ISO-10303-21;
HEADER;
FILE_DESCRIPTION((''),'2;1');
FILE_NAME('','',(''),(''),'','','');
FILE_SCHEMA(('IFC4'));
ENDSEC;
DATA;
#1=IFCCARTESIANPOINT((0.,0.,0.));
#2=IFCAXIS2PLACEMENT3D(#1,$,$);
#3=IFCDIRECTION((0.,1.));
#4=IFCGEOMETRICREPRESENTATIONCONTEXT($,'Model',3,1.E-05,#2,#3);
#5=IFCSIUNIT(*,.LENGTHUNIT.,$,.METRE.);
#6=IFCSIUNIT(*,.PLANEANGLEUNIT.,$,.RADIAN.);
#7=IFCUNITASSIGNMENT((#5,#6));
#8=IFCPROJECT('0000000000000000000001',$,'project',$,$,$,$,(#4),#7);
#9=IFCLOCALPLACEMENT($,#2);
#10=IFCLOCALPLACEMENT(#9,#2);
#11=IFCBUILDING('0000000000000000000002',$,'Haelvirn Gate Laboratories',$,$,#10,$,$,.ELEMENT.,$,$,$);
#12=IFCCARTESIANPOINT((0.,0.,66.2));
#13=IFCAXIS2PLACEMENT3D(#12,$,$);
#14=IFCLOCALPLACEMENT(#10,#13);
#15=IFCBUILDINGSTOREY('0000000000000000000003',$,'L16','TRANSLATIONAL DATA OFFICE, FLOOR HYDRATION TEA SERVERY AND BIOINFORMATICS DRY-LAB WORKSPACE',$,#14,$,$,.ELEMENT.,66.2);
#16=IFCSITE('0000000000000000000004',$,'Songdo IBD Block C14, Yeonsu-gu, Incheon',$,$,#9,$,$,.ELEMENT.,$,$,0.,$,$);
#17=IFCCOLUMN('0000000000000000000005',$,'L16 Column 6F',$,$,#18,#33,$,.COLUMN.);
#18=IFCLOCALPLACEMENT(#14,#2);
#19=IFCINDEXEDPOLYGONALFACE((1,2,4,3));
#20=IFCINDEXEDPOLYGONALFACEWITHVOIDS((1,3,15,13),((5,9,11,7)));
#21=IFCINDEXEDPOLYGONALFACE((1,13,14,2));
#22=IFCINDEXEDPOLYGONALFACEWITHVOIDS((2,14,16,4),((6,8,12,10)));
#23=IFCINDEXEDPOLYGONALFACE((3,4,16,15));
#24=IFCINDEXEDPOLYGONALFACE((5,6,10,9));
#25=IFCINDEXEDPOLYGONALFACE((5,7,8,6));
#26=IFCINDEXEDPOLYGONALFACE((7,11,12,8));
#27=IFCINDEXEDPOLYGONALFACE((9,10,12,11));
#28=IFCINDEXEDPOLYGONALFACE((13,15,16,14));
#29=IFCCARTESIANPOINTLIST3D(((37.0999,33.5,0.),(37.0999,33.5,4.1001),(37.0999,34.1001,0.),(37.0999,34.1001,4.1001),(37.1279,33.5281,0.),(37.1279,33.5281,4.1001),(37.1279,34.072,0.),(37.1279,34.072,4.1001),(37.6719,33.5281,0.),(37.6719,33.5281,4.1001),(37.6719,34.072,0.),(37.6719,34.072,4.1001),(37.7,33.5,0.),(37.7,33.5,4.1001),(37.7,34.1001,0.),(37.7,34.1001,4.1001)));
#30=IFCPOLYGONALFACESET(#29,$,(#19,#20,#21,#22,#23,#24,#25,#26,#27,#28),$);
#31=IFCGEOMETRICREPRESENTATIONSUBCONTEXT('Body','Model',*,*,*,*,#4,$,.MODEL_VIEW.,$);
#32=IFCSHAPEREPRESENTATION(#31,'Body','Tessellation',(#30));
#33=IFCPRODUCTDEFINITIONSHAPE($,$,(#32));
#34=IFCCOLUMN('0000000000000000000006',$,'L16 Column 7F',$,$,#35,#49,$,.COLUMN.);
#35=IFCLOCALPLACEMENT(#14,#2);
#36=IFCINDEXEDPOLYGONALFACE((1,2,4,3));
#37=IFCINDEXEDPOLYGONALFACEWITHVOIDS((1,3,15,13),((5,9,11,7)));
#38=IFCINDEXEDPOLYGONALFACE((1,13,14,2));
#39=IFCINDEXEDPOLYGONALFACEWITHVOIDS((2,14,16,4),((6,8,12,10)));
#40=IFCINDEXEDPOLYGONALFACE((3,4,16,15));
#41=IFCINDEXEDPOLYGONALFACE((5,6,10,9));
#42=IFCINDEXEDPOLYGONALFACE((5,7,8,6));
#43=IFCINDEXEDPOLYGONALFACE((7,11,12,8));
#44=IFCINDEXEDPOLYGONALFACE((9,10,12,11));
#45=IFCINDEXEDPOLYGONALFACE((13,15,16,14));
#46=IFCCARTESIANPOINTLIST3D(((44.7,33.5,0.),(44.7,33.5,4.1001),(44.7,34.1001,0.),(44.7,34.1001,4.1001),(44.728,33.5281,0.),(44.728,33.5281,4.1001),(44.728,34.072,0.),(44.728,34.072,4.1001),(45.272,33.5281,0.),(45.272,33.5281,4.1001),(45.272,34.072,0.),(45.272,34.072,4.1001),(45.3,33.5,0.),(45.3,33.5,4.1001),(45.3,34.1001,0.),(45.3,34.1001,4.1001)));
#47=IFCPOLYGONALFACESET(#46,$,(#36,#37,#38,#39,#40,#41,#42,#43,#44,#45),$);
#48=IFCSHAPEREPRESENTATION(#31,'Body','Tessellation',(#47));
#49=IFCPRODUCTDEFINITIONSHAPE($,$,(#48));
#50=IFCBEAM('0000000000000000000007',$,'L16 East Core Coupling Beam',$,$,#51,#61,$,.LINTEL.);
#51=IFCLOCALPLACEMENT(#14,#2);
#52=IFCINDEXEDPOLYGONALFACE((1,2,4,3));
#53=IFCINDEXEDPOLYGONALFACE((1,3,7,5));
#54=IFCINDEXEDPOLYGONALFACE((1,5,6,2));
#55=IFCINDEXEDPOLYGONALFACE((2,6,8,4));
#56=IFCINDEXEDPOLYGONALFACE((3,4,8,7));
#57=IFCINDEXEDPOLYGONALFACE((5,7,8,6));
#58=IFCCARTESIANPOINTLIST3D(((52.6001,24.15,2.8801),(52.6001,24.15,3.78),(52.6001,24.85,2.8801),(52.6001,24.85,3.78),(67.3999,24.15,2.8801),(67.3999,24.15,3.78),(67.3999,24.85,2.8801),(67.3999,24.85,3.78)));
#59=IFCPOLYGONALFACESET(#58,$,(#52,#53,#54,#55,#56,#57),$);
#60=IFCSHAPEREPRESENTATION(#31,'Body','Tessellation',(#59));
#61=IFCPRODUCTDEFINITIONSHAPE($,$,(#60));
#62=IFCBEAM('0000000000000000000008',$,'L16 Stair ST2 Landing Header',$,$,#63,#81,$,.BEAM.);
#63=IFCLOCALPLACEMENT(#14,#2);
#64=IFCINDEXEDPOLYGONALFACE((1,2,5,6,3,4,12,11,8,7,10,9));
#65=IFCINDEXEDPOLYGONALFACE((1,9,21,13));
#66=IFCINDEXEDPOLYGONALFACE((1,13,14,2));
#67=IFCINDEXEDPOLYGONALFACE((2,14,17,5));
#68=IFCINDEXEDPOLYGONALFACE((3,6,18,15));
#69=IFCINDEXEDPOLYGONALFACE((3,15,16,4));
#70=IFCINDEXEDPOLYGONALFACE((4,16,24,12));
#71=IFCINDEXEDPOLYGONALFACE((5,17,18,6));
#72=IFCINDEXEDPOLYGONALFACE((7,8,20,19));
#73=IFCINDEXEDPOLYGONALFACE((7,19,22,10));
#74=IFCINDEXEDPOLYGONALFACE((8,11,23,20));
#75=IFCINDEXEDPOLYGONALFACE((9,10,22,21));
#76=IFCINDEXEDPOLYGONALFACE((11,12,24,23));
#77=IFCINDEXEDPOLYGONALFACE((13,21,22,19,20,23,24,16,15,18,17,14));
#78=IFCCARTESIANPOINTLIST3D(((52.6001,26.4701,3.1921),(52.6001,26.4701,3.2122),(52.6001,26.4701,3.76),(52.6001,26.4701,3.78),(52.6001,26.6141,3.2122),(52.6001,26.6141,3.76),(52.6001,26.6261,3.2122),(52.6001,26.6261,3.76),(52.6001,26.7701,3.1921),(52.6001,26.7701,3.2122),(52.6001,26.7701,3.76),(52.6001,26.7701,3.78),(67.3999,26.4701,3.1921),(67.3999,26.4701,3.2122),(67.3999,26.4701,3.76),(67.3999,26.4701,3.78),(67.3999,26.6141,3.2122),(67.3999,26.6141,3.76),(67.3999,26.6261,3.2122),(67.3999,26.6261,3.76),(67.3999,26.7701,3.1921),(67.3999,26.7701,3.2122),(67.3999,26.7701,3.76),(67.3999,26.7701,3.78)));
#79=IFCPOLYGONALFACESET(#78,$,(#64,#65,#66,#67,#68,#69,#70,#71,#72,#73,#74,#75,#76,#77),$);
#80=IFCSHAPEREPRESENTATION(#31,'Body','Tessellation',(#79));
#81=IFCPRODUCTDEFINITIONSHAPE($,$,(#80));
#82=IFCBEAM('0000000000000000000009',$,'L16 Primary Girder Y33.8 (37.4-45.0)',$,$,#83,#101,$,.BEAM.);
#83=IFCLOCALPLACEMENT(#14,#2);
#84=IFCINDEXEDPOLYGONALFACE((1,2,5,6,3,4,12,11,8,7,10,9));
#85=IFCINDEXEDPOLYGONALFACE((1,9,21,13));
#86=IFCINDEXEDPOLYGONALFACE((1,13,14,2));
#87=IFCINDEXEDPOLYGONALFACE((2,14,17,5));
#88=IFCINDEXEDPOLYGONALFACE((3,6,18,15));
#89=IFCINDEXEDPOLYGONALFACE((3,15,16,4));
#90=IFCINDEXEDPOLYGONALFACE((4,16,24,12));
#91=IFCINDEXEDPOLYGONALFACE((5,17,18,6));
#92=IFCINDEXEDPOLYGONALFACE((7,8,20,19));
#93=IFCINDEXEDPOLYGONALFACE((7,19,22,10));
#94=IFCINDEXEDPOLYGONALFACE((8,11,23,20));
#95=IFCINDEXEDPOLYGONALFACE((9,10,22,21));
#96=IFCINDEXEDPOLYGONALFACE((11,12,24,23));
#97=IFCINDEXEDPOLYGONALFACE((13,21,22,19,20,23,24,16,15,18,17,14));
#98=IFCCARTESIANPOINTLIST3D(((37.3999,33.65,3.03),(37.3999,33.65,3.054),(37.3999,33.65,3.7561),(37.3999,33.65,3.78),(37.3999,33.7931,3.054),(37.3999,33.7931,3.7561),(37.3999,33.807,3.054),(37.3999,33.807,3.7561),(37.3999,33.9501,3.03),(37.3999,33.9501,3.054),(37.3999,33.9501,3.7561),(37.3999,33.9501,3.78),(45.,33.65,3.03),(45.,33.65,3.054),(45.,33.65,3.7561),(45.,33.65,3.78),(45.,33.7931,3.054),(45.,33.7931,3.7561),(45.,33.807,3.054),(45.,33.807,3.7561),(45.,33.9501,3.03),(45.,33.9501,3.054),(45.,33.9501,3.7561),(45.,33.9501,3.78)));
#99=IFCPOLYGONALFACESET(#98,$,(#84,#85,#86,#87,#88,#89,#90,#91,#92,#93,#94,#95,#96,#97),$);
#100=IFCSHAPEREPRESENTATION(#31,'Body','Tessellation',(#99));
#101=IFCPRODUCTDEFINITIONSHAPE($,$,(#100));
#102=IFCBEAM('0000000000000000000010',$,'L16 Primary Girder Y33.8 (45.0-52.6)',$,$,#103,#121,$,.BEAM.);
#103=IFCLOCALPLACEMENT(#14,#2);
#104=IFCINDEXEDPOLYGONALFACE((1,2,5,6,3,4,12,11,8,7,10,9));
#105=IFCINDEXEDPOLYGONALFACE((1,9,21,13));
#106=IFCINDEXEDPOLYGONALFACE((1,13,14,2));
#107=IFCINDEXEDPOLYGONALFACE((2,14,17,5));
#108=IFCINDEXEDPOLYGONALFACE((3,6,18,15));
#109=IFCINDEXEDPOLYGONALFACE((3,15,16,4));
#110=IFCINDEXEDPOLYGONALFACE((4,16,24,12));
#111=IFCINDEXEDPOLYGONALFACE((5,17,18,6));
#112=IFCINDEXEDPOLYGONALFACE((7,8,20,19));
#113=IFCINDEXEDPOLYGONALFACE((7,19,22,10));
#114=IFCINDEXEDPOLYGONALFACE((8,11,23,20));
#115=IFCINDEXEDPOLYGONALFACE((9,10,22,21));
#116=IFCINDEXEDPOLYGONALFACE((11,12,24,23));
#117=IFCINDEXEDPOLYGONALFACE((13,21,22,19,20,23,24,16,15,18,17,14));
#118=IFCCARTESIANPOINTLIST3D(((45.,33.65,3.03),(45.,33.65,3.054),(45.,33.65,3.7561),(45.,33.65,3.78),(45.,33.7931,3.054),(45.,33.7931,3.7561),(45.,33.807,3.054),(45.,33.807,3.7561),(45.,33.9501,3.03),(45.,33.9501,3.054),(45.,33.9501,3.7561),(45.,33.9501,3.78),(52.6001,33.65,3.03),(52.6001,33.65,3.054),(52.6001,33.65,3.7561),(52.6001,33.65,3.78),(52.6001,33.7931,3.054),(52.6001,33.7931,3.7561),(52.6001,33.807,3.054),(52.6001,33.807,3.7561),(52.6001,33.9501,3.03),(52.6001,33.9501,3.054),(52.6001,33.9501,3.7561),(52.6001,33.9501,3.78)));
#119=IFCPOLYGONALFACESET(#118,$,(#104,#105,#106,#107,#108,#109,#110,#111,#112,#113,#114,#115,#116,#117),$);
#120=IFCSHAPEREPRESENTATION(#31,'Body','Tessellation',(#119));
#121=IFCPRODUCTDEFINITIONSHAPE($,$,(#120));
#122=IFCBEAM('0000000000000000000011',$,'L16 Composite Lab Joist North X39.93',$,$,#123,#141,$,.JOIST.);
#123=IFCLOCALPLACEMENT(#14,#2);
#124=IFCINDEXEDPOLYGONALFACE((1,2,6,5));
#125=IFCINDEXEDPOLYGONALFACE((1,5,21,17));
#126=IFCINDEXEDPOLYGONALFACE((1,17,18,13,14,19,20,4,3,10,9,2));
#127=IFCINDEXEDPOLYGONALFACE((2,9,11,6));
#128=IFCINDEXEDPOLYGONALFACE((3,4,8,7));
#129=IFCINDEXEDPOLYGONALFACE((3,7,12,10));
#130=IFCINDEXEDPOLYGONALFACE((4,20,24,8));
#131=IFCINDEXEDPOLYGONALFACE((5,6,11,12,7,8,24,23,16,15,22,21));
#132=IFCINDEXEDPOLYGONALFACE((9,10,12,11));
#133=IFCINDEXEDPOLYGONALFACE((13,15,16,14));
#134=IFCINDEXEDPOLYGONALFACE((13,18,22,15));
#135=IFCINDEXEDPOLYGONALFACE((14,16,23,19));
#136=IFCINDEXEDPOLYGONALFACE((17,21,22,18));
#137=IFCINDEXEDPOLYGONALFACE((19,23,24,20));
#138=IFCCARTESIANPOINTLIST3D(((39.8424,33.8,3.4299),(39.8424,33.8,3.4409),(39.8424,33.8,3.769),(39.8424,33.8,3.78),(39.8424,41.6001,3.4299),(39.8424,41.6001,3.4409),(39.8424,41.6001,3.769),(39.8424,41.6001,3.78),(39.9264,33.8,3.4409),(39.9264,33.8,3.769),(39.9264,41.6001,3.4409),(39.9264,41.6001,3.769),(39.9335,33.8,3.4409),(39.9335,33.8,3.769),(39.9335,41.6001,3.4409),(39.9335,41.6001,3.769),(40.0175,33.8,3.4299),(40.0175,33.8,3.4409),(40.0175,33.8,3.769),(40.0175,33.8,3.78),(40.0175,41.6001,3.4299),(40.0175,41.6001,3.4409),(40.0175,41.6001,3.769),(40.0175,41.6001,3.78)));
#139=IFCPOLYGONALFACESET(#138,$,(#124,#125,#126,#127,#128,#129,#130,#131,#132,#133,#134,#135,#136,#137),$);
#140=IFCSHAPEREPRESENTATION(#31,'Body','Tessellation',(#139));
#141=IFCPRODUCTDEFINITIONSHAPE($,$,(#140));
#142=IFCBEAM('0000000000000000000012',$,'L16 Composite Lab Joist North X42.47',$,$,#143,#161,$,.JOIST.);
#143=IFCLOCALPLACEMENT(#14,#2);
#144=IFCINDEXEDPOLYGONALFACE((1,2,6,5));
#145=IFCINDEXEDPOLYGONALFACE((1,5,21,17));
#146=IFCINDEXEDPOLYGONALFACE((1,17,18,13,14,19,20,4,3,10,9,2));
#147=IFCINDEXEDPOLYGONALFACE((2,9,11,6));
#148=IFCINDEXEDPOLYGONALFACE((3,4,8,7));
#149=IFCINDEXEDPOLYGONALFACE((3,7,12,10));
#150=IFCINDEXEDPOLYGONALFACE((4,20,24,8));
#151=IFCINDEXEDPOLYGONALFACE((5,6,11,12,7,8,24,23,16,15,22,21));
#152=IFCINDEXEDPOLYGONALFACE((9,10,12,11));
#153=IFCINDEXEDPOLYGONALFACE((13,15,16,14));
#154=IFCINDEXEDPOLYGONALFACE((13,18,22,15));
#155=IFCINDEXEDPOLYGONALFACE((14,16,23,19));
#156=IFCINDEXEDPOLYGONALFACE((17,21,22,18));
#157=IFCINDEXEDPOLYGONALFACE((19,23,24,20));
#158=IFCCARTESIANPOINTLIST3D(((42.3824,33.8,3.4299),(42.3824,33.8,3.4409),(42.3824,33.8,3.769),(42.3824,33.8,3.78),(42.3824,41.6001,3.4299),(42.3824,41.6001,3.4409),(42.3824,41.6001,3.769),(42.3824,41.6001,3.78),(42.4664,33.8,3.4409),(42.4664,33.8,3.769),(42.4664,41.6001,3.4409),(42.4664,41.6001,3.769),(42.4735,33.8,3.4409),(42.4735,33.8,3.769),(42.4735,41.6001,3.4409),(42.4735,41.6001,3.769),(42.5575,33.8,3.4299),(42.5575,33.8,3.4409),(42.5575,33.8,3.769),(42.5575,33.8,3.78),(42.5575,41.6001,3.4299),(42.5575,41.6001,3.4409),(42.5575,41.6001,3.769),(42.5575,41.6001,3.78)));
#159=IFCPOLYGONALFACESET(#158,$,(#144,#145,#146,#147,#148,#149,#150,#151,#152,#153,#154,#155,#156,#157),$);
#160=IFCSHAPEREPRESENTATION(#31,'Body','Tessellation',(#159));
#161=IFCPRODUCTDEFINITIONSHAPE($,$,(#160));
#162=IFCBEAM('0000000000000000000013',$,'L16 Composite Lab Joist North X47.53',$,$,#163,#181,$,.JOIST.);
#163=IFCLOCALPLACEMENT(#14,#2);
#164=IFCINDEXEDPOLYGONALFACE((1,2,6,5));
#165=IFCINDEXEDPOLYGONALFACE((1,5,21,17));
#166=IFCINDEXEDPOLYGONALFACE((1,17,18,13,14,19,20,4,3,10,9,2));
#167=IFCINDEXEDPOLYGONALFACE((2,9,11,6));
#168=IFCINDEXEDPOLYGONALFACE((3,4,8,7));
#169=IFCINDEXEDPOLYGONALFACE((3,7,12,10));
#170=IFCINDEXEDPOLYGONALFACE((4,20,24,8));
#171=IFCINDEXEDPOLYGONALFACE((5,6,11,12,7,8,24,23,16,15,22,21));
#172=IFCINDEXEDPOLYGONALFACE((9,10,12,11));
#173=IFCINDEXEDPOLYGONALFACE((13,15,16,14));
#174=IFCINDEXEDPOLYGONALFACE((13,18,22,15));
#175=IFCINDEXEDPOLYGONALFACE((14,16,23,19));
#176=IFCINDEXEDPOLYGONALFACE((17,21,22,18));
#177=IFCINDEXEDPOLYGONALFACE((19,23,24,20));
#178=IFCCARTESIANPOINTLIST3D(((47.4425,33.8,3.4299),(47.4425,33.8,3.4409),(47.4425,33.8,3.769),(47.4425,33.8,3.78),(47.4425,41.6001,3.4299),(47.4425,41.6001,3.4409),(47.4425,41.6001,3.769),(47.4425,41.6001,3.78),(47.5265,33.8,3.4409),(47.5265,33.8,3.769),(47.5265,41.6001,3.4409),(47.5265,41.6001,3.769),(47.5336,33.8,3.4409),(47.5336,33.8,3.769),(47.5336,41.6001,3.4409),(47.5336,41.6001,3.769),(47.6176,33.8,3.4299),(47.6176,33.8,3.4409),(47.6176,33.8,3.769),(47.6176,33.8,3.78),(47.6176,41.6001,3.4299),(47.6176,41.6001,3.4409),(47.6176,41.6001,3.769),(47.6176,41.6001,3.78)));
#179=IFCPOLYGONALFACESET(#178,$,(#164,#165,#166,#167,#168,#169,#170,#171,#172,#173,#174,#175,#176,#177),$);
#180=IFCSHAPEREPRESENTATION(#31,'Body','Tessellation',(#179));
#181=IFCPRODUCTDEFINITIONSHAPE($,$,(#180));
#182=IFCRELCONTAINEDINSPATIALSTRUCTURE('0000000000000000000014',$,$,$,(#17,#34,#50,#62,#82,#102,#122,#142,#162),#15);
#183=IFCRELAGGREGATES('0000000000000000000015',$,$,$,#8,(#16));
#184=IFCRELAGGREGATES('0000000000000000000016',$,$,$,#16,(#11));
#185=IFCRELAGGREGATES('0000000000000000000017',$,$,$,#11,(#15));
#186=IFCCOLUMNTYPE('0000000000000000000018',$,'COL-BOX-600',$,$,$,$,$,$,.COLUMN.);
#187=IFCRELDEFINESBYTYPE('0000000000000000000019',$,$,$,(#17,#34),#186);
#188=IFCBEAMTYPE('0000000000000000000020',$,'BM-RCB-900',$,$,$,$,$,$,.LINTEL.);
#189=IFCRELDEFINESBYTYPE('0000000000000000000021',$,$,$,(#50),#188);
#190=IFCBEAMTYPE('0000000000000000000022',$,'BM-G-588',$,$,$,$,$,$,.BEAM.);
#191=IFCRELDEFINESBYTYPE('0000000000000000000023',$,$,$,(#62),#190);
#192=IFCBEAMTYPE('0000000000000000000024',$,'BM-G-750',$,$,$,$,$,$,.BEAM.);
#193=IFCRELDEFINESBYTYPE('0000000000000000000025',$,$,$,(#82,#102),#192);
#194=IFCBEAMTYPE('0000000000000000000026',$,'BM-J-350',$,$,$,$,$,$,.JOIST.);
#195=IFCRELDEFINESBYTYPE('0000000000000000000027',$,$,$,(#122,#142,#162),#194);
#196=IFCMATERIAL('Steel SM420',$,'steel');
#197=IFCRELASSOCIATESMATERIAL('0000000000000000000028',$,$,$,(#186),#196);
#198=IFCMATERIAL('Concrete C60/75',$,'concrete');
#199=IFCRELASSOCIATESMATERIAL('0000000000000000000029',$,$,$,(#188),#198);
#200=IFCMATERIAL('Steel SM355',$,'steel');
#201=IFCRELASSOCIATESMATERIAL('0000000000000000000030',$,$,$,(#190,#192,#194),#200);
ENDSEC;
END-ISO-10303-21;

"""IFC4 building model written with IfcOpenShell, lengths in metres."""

from ifc_helpers import new_model, si_unit, direction, frame, origin, origin_2d, place, context, subcontext, project, spatial, rectangle, hollow_rectangle, i_section, extrude, source, transform, mapped, material, material_profile, profile_set, type_object, type_shapes, element, save


model = new_model("IFC4")

# Units and contexts
model_context = context("Model", 3, precision=1e-05, world=origin(), true_north=direction((0.0, 1.0)))
body_context = subcontext(model_context, "Body", "Model", "MODEL_VIEW")
ifc_project = project(units=[si_unit("LENGTHUNIT", "METRE"), si_unit("PLANEANGLEUNIT", "RADIAN")], contexts=[model_context])

# Site, building, storey
site_placement = place(None, origin())
site = spatial("IfcSite", under=ifc_project, at=site_placement, Name="Songdo IBD Block C14, Yeonsu-gu, Incheon", CompositionType="ELEMENT", RefElevation=0.0)
building_placement = place(site_placement, origin())
building = spatial("IfcBuilding", under=site, at=building_placement, Name="Haelvirn Gate Laboratories", CompositionType="ELEMENT")
storey_placement = place(building_placement, frame((0.0, 0.0, 66.2)))
storey = spatial("IfcBuildingStorey", under=building, at=storey_placement, Name="L16", Description="TRANSLATIONAL DATA OFFICE, FLOOR HYDRATION TEA SERVERY AND BIOINFORMATICS DRY-LAB WORKSPACE", CompositionType="ELEMENT", Elevation=66.2)

# Columns
ifc_material_1 = material(Name="Steel SM420", Category="steel")
ifc_material_profile_1 = material_profile(ifc_material_1, hollow_rectangle(XDim=0.6001, YDim=0.6001, WallThickness=0.0281, at=origin_2d()), Name="BOX-600x600x28")
ifc_profile_set_1 = profile_set([ifc_material_profile_1], Name="Steel SM420")
column_type = type_object("IfcColumnType", Name="COL-BOX-600", PredefinedType="COLUMN", material=ifc_profile_set_1)
shared_shape_1 = source(origin(), body_context, "Body", "SweptSolid", [
    extrude(hollow_rectangle(XDim=0.6001, YDim=0.6001, WallThickness=0.0281, at=origin_2d()), origin(), (0.0, 0.0, 1.0), 4.1001),
])
type_shapes(column_type, [shared_shape_1])
for number, where, z_axis, x_axis, name in (
    (1, (37.3999, 33.8, 0.0), (0.0, 0.0, 1.0), (1.0, 0.0, 0.0), "L16 Column 6F"),
    (2, (45.0, 33.8, 0.0), (0.0, 0.0, 1.0), (1.0, 0.0, 0.0), "L16 Column 7F"),
):
    element("IfcColumn", number, at=place(storey_placement, frame(where, z_axis=z_axis, x_axis=x_axis)), inside=storey, type_object=column_type, Name=name, PredefinedType="COLUMN", context=body_context, shape_type="MappedRepresentation", body=[
        mapped(shared_shape_1, transform((0.0, 0.0, 0.0), scale=1.0)),
    ])

# Beams
ifc_material_2 = material(Name="Concrete C60/75", Category="concrete")
ifc_material_profile_2 = material_profile(ifc_material_2, rectangle(XDim=0.7, YDim=0.8999, at=origin_2d()), Name="RCB-700x900")
ifc_profile_set_2 = profile_set([ifc_material_profile_2], Name="Concrete C60/75")
beam_type_1 = type_object("IfcBeamType", Name="BM-RCB-900", PredefinedType="LINTEL", material=ifc_profile_set_2)
shared_shape_2 = source(origin(), body_context, "Body", "SweptSolid", [
    extrude(rectangle(XDim=0.7, YDim=0.8999, at=origin_2d()), origin(), (0.0, 0.0, 1.0), 14.7998),
])
type_shapes(beam_type_1, [shared_shape_2])
beam_1_placement = place(storey_placement, frame((52.6001, 24.5, 3.3301), z_axis=(1.0, 0.0, 0.0), x_axis=(0.0, 1.0, 0.0)))
element("IfcBeam", 3, at=beam_1_placement, inside=storey, type_object=beam_type_1, Name="L16 East Core Coupling Beam", PredefinedType="LINTEL", context=body_context, shape_type="MappedRepresentation", body=[
    mapped(shared_shape_2, transform((0.0, 0.0, 0.0), scale=1.0)),
])
ifc_material_3 = material(Name="Steel SM355", Category="steel")
ifc_material_profile_3 = material_profile(ifc_material_3, i_section(OverallWidth=0.3, OverallDepth=0.5879, WebThickness=0.012, FlangeThickness=0.02, at=origin_2d()), Name="H-588x300x12x20")
ifc_profile_set_3 = profile_set([ifc_material_profile_3], Name="Steel SM355")
beam_type_2 = type_object("IfcBeamType", Name="BM-G-588", PredefinedType="BEAM", material=ifc_profile_set_3)
shared_shape_3 = source(origin(), body_context, "Body", "SweptSolid", [
    extrude(i_section(OverallWidth=0.3, OverallDepth=0.5879, WebThickness=0.012, FlangeThickness=0.02, at=origin_2d()), origin(), (0.0, 0.0, 1.0), 14.7998),
])
type_shapes(beam_type_2, [shared_shape_3])
beam_2_placement = place(storey_placement, frame((52.6001, 26.6201, 3.4861), z_axis=(1.0, 0.0, 0.0), x_axis=(0.0, 1.0, 0.0)))
element("IfcBeam", 4, at=beam_2_placement, inside=storey, type_object=beam_type_2, Name="L16 Stair ST2 Landing Header", PredefinedType="BEAM", context=body_context, shape_type="MappedRepresentation", body=[
    mapped(shared_shape_3, transform((0.0, 0.0, 0.0), scale=1.0)),
])
ifc_material_profile_4 = material_profile(ifc_material_3, i_section(OverallWidth=0.3, OverallDepth=0.75, WebThickness=0.0139, FlangeThickness=0.0239, at=origin_2d()), Name="H-750x300x14x24")
ifc_profile_set_4 = profile_set([ifc_material_profile_4], Name="Steel SM355")
beam_type_3 = type_object("IfcBeamType", Name="BM-G-750", PredefinedType="BEAM", material=ifc_profile_set_4)
shared_shape_4 = source(origin(), body_context, "Body", "SweptSolid", [
    extrude(i_section(OverallWidth=0.3, OverallDepth=0.75, WebThickness=0.0139, FlangeThickness=0.0239, at=origin_2d()), origin(), (0.0, 0.0, 1.0), 7.6001),
])
type_shapes(beam_type_3, [shared_shape_4])
for number, where, z_axis, x_axis, name in (
    (5, (37.3999, 33.8, 3.405), (1.0, 0.0, 0.0), (0.0, 1.0, 0.0), "L16 Primary Girder Y33.8 (37.4-45.0)"),
    (6, (45.0, 33.8, 3.405), (1.0, 0.0, 0.0), (0.0, 1.0, 0.0), "L16 Primary Girder Y33.8 (45.0-52.6)"),
):
    element("IfcBeam", number, at=place(storey_placement, frame(where, z_axis=z_axis, x_axis=x_axis)), inside=storey, type_object=beam_type_3, Name=name, PredefinedType="BEAM", context=body_context, shape_type="MappedRepresentation", body=[
        mapped(shared_shape_4, transform((0.0, 0.0, 0.0), scale=1.0)),
    ])
ifc_material_profile_5 = material_profile(ifc_material_3, i_section(OverallWidth=0.175, OverallDepth=0.3501, WebThickness=0.0071, FlangeThickness=0.011, at=origin_2d()), Name="H-350x175x7x11")
ifc_profile_set_5 = profile_set([ifc_material_profile_5], Name="Steel SM355")
beam_type_4 = type_object("IfcBeamType", Name="BM-J-350", PredefinedType="JOIST", material=ifc_profile_set_5)
shared_shape_5 = source(origin(), body_context, "Body", "SweptSolid", [
    extrude(i_section(OverallWidth=0.175, OverallDepth=0.3501, WebThickness=0.0071, FlangeThickness=0.011, at=origin_2d()), origin(), (0.0, 0.0, 1.0), 7.8),
])
type_shapes(beam_type_4, [shared_shape_5])
for number, where, z_axis, x_axis, name in (
    (7, (39.9299, 33.8, 3.605), (0.0, 1.0, 0.0), (-1.0, 0.0, 0.0), "L16 Composite Lab Joist North X39.93"),
    (8, (42.47, 33.8, 3.605), (0.0, 1.0, 0.0), (-1.0, 0.0, 0.0), "L16 Composite Lab Joist North X42.47"),
    (9, (47.53, 33.8, 3.605), (0.0, 1.0, 0.0), (-1.0, 0.0, 0.0), "L16 Composite Lab Joist North X47.53"),
):
    element("IfcBeam", number, at=place(storey_placement, frame(where, z_axis=z_axis, x_axis=x_axis)), inside=storey, type_object=beam_type_4, Name=name, PredefinedType="JOIST", context=body_context, shape_type="MappedRepresentation", body=[
        mapped(shared_shape_5, transform((0.0, 0.0, 0.0), scale=1.0)),
    ])

save(model, "model.ifc")
